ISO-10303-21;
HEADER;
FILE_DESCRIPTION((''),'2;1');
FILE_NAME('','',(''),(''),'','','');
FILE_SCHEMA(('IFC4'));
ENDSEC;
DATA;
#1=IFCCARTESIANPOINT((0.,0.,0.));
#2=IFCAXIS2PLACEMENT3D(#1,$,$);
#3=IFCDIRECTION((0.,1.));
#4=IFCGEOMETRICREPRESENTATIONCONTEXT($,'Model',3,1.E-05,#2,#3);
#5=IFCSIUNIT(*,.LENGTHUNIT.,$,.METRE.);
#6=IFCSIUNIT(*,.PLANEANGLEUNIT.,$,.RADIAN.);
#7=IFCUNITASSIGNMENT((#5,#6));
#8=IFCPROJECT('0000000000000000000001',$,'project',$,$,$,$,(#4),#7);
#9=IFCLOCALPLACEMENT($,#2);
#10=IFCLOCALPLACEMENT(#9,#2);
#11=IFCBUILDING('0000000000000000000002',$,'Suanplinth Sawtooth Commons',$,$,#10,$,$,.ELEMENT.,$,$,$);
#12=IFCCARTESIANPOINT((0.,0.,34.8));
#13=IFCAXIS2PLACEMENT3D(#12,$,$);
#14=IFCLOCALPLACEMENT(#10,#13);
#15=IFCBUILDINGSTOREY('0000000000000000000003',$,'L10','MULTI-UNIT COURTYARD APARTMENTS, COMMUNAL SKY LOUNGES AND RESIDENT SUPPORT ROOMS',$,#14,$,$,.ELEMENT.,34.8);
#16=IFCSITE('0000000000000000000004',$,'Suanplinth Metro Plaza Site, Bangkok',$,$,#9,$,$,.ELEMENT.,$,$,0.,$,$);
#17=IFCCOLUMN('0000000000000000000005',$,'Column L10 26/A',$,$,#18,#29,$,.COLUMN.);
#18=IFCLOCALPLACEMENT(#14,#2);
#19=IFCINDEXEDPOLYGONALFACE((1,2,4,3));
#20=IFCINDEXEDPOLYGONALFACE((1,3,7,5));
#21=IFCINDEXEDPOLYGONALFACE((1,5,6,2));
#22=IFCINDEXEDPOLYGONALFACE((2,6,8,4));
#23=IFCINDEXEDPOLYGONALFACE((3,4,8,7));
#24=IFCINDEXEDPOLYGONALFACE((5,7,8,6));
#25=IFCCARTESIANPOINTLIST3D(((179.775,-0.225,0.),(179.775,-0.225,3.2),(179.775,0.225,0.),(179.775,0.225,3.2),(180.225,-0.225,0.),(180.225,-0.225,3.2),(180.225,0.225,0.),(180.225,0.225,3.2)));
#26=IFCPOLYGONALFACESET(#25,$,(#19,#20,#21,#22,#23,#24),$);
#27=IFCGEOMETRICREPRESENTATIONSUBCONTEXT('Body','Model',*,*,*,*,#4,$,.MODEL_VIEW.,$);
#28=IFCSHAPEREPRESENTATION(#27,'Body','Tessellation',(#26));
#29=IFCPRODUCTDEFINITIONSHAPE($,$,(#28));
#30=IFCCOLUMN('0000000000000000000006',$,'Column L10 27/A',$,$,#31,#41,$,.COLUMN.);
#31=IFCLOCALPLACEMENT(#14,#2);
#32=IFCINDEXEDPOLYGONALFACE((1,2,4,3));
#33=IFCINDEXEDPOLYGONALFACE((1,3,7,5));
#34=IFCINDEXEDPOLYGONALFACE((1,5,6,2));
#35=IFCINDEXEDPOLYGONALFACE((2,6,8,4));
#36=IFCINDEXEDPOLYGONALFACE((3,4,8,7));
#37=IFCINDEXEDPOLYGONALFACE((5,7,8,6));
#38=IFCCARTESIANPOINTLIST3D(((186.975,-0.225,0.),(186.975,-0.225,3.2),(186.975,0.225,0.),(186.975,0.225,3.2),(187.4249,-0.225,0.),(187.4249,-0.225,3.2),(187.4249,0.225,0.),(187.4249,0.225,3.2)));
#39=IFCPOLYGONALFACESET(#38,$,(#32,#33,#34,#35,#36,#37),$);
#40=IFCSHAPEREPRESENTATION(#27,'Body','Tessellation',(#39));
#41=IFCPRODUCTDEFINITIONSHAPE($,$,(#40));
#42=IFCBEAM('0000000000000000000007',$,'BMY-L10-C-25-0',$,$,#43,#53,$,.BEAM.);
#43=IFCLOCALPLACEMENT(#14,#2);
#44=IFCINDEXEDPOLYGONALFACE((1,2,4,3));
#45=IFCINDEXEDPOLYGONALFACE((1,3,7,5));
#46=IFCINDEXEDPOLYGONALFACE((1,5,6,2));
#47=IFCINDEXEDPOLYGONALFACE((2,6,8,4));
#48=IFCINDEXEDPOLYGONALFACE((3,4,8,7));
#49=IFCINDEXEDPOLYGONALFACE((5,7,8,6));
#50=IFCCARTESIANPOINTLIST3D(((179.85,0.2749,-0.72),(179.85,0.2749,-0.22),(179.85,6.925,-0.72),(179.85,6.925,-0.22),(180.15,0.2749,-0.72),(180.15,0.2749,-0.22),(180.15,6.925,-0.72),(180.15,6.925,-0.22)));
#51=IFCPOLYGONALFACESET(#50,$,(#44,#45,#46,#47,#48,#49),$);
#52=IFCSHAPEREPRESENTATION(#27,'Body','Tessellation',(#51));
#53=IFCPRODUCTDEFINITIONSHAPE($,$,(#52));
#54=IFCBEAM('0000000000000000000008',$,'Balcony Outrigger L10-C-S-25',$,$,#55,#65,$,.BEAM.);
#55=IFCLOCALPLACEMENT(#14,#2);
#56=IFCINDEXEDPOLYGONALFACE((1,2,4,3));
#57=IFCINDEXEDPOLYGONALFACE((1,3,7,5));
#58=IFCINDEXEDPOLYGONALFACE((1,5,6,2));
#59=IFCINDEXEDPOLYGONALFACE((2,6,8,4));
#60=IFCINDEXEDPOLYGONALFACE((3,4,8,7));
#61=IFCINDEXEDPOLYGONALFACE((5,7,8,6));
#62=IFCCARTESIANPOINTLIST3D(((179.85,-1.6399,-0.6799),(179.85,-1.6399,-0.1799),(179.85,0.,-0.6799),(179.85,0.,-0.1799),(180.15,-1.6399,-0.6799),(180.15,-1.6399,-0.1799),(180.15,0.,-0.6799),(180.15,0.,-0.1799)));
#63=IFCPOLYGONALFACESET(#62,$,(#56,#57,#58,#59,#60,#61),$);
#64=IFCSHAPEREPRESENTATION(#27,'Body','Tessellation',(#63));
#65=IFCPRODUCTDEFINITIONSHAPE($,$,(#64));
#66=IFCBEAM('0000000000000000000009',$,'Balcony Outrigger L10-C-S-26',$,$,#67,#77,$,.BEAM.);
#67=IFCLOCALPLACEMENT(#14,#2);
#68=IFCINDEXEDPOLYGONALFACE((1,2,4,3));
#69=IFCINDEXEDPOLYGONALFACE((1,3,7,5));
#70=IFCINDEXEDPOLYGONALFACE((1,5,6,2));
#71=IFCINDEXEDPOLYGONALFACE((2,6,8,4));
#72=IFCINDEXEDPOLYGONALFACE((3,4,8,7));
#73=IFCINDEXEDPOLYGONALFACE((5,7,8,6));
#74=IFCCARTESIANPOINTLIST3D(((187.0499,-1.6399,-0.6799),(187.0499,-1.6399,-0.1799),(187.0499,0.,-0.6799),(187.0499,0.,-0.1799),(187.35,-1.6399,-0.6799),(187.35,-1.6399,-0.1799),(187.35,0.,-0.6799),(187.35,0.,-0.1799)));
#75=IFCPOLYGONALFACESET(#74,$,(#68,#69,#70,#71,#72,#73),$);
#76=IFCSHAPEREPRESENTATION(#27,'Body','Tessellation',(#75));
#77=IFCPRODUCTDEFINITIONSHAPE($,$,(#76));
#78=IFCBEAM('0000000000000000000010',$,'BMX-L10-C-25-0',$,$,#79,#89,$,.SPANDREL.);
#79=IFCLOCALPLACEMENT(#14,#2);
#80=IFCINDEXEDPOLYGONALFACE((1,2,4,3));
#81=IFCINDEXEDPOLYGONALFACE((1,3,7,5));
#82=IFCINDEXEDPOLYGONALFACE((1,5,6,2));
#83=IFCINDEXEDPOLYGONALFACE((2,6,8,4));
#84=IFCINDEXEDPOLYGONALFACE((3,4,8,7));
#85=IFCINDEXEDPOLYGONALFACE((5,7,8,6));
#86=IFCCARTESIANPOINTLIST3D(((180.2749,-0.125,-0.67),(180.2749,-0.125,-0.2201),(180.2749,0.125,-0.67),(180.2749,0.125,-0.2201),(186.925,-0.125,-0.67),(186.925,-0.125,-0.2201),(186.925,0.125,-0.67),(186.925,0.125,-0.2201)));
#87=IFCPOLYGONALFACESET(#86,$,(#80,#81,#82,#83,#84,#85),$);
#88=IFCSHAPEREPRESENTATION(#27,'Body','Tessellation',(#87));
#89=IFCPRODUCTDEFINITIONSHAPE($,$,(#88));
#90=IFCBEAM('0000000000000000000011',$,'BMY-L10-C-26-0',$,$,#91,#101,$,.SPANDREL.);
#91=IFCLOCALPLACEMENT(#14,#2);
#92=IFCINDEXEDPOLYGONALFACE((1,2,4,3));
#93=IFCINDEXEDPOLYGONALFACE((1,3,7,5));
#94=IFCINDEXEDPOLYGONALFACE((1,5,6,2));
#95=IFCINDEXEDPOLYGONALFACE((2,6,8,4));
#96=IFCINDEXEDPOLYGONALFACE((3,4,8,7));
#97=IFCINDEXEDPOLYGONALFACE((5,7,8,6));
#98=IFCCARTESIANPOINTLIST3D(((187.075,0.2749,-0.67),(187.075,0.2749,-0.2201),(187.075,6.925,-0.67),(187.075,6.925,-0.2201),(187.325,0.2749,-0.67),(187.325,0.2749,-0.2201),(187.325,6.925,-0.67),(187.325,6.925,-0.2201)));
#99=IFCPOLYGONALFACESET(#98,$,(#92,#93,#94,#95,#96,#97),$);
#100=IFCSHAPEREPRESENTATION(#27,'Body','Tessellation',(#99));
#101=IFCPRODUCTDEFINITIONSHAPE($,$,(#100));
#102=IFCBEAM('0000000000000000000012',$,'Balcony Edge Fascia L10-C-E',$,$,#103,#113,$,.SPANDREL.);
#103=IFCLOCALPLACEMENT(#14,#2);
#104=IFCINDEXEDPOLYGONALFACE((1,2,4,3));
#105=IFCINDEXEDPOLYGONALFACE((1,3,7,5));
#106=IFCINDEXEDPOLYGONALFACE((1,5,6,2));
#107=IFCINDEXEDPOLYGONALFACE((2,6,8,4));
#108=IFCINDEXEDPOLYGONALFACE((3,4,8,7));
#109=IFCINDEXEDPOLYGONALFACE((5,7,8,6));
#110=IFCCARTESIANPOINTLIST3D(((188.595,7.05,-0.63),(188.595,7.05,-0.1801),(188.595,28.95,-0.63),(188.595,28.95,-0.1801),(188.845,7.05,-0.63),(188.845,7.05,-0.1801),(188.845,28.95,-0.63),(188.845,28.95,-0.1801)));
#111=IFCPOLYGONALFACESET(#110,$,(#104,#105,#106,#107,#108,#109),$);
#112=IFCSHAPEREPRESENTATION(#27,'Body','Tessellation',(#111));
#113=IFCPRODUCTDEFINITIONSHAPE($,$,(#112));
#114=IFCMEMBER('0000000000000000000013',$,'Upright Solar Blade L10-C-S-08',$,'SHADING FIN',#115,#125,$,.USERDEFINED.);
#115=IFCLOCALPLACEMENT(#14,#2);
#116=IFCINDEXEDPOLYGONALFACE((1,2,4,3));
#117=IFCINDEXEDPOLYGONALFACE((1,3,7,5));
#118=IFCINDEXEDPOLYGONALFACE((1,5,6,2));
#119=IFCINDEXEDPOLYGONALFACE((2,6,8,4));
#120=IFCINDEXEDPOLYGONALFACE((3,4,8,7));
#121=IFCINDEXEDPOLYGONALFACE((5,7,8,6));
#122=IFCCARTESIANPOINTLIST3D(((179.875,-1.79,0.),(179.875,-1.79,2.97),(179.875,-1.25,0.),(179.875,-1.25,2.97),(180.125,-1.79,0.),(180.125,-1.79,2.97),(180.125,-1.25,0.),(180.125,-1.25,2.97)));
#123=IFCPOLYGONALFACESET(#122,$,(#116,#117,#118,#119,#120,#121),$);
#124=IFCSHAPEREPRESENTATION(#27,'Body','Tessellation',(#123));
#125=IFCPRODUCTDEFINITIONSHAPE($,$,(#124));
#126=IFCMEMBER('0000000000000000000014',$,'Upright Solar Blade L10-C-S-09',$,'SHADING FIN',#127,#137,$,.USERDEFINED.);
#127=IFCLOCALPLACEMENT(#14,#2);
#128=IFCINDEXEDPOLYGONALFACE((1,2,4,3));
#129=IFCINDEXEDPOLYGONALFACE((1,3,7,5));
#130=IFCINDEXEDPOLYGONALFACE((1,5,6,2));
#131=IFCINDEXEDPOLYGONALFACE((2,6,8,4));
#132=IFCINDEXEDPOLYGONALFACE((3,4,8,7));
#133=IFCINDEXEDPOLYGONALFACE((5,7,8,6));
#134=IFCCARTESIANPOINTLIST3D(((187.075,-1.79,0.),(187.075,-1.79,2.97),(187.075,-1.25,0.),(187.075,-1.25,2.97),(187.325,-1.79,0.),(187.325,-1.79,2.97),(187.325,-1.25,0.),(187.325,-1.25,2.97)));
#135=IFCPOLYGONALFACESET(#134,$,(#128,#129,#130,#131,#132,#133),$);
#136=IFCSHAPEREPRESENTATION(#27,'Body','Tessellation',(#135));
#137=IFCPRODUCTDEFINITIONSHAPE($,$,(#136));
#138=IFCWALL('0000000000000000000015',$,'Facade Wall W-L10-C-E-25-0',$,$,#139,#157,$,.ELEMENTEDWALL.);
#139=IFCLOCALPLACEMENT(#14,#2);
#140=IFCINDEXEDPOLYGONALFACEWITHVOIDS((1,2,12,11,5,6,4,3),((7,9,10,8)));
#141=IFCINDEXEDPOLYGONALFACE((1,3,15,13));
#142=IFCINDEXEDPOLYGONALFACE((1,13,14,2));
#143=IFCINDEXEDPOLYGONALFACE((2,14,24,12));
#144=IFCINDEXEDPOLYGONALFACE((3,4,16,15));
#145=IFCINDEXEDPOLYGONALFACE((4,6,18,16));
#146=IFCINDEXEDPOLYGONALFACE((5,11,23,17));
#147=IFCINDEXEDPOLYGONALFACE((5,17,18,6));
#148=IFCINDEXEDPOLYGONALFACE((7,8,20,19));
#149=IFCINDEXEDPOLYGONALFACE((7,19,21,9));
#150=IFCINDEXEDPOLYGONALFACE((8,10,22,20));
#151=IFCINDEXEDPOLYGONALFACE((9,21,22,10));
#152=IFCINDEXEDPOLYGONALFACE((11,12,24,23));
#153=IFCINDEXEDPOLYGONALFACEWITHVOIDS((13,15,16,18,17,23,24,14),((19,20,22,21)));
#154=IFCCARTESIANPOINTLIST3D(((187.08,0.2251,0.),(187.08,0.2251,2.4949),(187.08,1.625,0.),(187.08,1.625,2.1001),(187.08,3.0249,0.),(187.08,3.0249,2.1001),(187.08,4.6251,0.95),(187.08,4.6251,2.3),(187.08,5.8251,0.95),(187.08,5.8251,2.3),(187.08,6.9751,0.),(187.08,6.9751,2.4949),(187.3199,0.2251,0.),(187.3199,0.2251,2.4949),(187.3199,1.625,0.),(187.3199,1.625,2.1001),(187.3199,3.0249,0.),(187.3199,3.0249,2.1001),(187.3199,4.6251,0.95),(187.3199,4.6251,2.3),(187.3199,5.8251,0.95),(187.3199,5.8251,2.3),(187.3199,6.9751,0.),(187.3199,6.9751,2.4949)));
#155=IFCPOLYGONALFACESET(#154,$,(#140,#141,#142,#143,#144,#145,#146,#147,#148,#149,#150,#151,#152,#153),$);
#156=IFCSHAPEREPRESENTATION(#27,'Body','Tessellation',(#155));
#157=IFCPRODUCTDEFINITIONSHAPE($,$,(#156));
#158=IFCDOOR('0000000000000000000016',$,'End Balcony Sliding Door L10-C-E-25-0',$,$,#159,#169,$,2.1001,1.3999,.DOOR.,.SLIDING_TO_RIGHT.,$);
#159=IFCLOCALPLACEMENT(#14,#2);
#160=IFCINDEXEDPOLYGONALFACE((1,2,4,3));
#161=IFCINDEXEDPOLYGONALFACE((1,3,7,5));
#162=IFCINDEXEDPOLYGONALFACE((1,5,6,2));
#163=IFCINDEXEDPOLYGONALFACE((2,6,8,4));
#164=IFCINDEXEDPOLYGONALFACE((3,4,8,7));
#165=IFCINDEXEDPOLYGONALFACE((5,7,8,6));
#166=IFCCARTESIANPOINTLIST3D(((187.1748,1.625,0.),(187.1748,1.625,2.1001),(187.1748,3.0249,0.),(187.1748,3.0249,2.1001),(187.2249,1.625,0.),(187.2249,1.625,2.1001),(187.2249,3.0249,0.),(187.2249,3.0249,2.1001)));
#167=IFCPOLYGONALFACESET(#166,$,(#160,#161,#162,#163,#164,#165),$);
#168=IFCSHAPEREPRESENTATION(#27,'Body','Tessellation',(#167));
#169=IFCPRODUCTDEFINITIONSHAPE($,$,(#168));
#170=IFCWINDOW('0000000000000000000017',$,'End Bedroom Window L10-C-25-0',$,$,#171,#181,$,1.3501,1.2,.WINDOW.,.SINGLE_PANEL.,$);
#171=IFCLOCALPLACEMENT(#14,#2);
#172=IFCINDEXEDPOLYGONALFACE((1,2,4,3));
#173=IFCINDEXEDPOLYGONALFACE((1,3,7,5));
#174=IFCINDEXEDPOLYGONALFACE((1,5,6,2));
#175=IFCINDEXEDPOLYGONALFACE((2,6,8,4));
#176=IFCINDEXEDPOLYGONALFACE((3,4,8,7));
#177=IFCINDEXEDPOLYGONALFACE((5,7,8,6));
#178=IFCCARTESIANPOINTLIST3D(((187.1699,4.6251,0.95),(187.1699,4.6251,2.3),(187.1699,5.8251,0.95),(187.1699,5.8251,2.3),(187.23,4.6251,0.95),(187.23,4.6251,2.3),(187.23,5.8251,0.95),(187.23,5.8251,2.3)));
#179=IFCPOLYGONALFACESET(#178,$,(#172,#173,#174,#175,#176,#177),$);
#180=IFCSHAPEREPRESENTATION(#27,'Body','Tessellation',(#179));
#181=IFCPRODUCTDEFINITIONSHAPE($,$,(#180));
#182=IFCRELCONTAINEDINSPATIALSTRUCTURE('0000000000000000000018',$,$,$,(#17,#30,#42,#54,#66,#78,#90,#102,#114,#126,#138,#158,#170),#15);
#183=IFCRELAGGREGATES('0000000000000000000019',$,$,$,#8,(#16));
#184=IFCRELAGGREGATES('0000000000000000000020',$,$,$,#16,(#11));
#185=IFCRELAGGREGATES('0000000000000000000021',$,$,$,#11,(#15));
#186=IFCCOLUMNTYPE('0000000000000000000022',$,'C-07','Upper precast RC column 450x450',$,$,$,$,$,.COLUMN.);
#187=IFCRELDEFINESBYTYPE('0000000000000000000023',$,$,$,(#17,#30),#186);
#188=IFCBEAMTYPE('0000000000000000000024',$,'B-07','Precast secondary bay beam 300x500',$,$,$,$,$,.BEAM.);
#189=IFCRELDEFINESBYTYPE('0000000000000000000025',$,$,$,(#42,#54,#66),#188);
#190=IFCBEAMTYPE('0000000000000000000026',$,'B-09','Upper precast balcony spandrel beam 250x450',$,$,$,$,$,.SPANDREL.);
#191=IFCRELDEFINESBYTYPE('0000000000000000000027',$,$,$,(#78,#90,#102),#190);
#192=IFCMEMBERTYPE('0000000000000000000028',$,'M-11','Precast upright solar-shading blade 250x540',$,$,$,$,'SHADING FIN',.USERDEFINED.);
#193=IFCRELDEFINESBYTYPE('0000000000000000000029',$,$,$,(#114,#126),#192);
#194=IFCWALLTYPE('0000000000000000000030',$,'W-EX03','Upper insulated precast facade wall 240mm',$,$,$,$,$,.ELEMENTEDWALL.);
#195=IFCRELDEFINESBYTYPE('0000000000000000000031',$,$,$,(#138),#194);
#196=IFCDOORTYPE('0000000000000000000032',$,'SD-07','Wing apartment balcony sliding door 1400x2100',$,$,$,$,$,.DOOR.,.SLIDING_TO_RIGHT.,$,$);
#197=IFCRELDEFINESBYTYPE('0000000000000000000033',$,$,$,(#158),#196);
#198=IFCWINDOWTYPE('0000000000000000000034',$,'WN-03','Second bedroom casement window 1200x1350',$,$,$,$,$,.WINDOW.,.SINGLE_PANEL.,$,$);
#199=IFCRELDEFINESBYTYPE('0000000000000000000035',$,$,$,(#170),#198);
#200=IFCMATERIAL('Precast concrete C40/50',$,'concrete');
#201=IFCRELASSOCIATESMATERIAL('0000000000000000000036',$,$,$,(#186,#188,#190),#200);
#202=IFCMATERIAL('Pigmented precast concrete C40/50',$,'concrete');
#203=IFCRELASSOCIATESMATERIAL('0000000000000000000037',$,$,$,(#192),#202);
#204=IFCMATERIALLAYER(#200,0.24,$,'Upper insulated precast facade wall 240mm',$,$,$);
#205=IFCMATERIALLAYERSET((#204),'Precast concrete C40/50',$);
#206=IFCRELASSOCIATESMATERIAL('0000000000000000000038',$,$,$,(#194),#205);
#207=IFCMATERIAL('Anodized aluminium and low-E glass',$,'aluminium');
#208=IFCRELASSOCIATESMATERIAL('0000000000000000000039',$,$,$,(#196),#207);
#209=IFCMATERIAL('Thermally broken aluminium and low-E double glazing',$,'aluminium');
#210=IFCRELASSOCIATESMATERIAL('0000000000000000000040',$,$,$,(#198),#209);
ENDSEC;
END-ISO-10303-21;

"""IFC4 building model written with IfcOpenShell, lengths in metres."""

from ifc_helpers import new_model, si_unit, direction, frame, frame_2d, origin, origin_2d, place, context, subcontext, project, spatial, rectangle, extrude, material, layer, layer_set, material_profile, profile_set, type_object, element, fill, save


model = new_model("IFC4")

# Units and contexts
model_context = context("Model", 3, precision=1e-05, world=origin(), true_north=direction((0.0, 1.0)))
body_context = subcontext(model_context, "Body", "Model", "MODEL_VIEW")
ifc_project = project(units=[si_unit("LENGTHUNIT", "METRE"), si_unit("PLANEANGLEUNIT", "RADIAN")], contexts=[model_context])

# Site, building, storey
site_placement = place(None, origin())
site = spatial("IfcSite", under=ifc_project, at=site_placement, Name="Suanplinth Metro Plaza Site, Bangkok", CompositionType="ELEMENT", RefElevation=0.0)
building_placement = place(site_placement, origin())
building = spatial("IfcBuilding", under=site, at=building_placement, Name="Suanplinth Sawtooth Commons", CompositionType="ELEMENT")
storey_placement = place(building_placement, frame((0.0, 0.0, 34.8)))
storey = spatial("IfcBuildingStorey", under=building, at=storey_placement, Name="L10", Description="MULTI-UNIT COURTYARD APARTMENTS, COMMUNAL SKY LOUNGES AND RESIDENT SUPPORT ROOMS", CompositionType="ELEMENT", Elevation=34.8)

# Columns
ifc_material_1 = material(Name="Precast concrete C40/50", Category="concrete")
ifc_material_profile_1 = material_profile(ifc_material_1, rectangle(XDim=0.45, YDim=0.45, at=origin_2d()), Name="PC-COL 450x450")
ifc_profile_set_1 = profile_set([ifc_material_profile_1], Name="Precast concrete C40/50")
column_type = type_object("IfcColumnType", Name="C-07", Description="Upper precast RC column 450x450", PredefinedType="COLUMN", material=ifc_profile_set_1)
for number, where, z_axis, x_axis, name in (
    (1, (180.0, 0.0, 0.0), (0.0, 0.0, 1.0), (1.0, 0.0, 0.0), "Column L10 26/A"),
    (2, (187.2, 0.0, 0.0), (0.0, 0.0, 1.0), (1.0, 0.0, 0.0), "Column L10 27/A"),
):
    element("IfcColumn", number, at=place(storey_placement, frame(where, z_axis=z_axis, x_axis=x_axis)), inside=storey, type_object=column_type, Name=name, PredefinedType="COLUMN", context=body_context, shape_type="SweptSolid", body=[
        extrude(rectangle(XDim=0.45, YDim=0.45, at=origin_2d()), origin(), (0.0, 0.0, 1.0), 3.2),
    ])

# Beams
ifc_material_profile_2 = material_profile(ifc_material_1, rectangle(XDim=0.3, YDim=0.5, at=origin_2d()), Name="PC-BM 300x500")
ifc_profile_set_2 = profile_set([ifc_material_profile_2], Name="Precast concrete C40/50")
beam_type_1 = type_object("IfcBeamType", Name="B-07", Description="Precast secondary bay beam 300x500", PredefinedType="BEAM", material=ifc_profile_set_2)
beam_1_placement = place(storey_placement, frame((180.0, 0.2749, -0.47), z_axis=(0.0, 1.0, 0.0), x_axis=(-1.0, 0.0, 0.0)))
element("IfcBeam", 3, at=beam_1_placement, inside=storey, type_object=beam_type_1, Name="BMY-L10-C-25-0", PredefinedType="BEAM", context=body_context, shape_type="SweptSolid", body=[
    extrude(rectangle(XDim=0.3, YDim=0.5, at=origin_2d()), origin(), (0.0, 0.0, 1.0), 6.6501),
])
for number, where, z_axis, x_axis, name in (
    (4, (180.0, 0.0, -0.4299), (0.0, -1.0, 0.0), (1.0, 0.0, 0.0), "Balcony Outrigger L10-C-S-25"),
    (5, (187.2, 0.0, -0.4299), (0.0, -1.0, 0.0), (1.0, 0.0, 0.0), "Balcony Outrigger L10-C-S-26"),
):
    element("IfcBeam", number, at=place(storey_placement, frame(where, z_axis=z_axis, x_axis=x_axis)), inside=storey, type_object=beam_type_1, Name=name, PredefinedType="BEAM", context=body_context, shape_type="SweptSolid", body=[
        extrude(rectangle(XDim=0.3, YDim=0.5, at=origin_2d()), origin(), (0.0, 0.0, 1.0), 1.6399),
    ])
ifc_material_profile_3 = material_profile(ifc_material_1, rectangle(XDim=0.25, YDim=0.45, at=origin_2d()), Name="PC-SP 250x450")
ifc_profile_set_3 = profile_set([ifc_material_profile_3], Name="Precast concrete C40/50")
beam_type_2 = type_object("IfcBeamType", Name="B-09", Description="Upper precast balcony spandrel beam 250x450", PredefinedType="SPANDREL", material=ifc_profile_set_3)
for number, where, z_axis, x_axis, name in (
    (6, (180.2749, 0.0, -0.4451), (1.0, 0.0, 0.0), (0.0, 1.0, 0.0), "BMX-L10-C-25-0"),
    (7, (187.2, 0.2749, -0.4451), (0.0, 1.0, 0.0), (-1.0, 0.0, 0.0), "BMY-L10-C-26-0"),
):
    element("IfcBeam", number, at=place(storey_placement, frame(where, z_axis=z_axis, x_axis=x_axis)), inside=storey, type_object=beam_type_2, Name=name, PredefinedType="SPANDREL", context=body_context, shape_type="SweptSolid", body=[
        extrude(rectangle(XDim=0.25, YDim=0.45, at=origin_2d()), origin(), (0.0, 0.0, 1.0), 6.6501),
    ])
beam_2_placement = place(storey_placement, frame((188.72, 7.05, -0.405), z_axis=(0.0, 1.0, 0.0), x_axis=(-1.0, 0.0, 0.0)))
element("IfcBeam", 8, at=beam_2_placement, inside=storey, type_object=beam_type_2, Name="Balcony Edge Fascia L10-C-E", PredefinedType="SPANDREL", context=body_context, shape_type="SweptSolid", body=[
    extrude(rectangle(XDim=0.25, YDim=0.45, at=origin_2d()), origin(), (0.0, 0.0, 1.0), 21.8999),
])

# Members
ifc_material_2 = material(Name="Pigmented precast concrete C40/50", Category="concrete")
ifc_material_profile_4 = material_profile(ifc_material_2, rectangle(XDim=0.25, YDim=0.54, at=origin_2d()), Name="PC-FIN 250x540")
ifc_profile_set_4 = profile_set([ifc_material_profile_4], Name="Pigmented precast concrete C40/50")
member_type = type_object("IfcMemberType", Name="M-11", Description="Precast upright solar-shading blade 250x540", ElementType="SHADING FIN", PredefinedType="USERDEFINED", material=ifc_profile_set_4)
for number, where, z_axis, x_axis, name in (
    (9, (180.0, -1.52, 0.0), (0.0, 0.0, 1.0), (1.0, 0.0, 0.0), "Upright Solar Blade L10-C-S-08"),
    (10, (187.2, -1.52, 0.0), (0.0, 0.0, 1.0), (1.0, 0.0, 0.0), "Upright Solar Blade L10-C-S-09"),
):
    element("IfcMember", number, at=place(storey_placement, frame(where, z_axis=z_axis, x_axis=x_axis)), inside=storey, type_object=member_type, Name=name, ObjectType="SHADING FIN", PredefinedType="USERDEFINED", context=body_context, shape_type="SweptSolid", body=[
        extrude(rectangle(XDim=0.25, YDim=0.54, at=origin_2d()), origin(), (0.0, 0.0, 1.0), 2.97),
    ])

# Wall, openings, door, window
ifc_layer_1 = layer(ifc_material_1, 0.24, Name="Upper insulated precast facade wall 240mm")
ifc_layer_set_1 = layer_set([ifc_layer_1], Name="Precast concrete C40/50")
wall_type_1 = type_object("IfcWallType", Name="W-EX03", Description="Upper insulated precast facade wall 240mm", PredefinedType="ELEMENTEDWALL", material=ifc_layer_set_1)
ifc_material_3 = material(Name="Anodized aluminium and low-E glass", Category="aluminium")
ifc_material_4 = material(Name="Thermally broken aluminium and low-E double glazing", Category="aluminium")
wall_1_placement = place(storey_placement, frame((187.2, 0.2251, 0.0), z_axis=(0.0, 0.0, 1.0), x_axis=(0.0, 1.0, 0.0)))
wall_1 = element("IfcWall", 11, at=wall_1_placement, inside=storey, type_object=wall_type_1, Name="Facade Wall W-L10-C-E-25-0", PredefinedType="ELEMENTEDWALL", context=body_context, shape_type="SweptSolid", body=[
    extrude(rectangle(XDim=6.75, YDim=0.24, at=frame_2d((3.375, 0.0))), origin(), (0.0, 0.0, 1.0), 2.4949),
])
opening_1_placement = place(wall_1_placement, frame((1.3999, 0.0, 0.0)))
opening_1 = element("IfcOpeningElement", 12, at=opening_1_placement, cuts=wall_1, PredefinedType="OPENING", context=body_context, shape_type="SweptSolid", body=[
    extrude(rectangle(XDim=1.3999, YDim=2.1001, at=frame_2d((0.7, 1.05))), frame((0.0, 0.1348, 0.0), z_axis=(0.0, -1.0, 0.0), x_axis=(1.0, 0.0, 0.0)), (0.0, 0.0, 1.0), 0.2698),
])
opening_2_placement = place(wall_1_placement, frame((4.3999, 0.0, 0.95)))
opening_2 = element("IfcOpeningElement", 13, at=opening_2_placement, cuts=wall_1, PredefinedType="OPENING", context=body_context, shape_type="SweptSolid", body=[
    extrude(rectangle(XDim=1.2, YDim=1.3501, at=frame_2d((0.6001, 0.675))), frame((0.0, 0.1348, 0.0), z_axis=(0.0, -1.0, 0.0), x_axis=(1.0, 0.0, 0.0)), (0.0, 0.0, 1.0), 0.2698),
])
door_type_1 = type_object("IfcDoorType", Name="SD-07", Description="Wing apartment balcony sliding door 1400x2100", OperationType="SLIDING_TO_RIGHT", PredefinedType="DOOR", material=ifc_material_3)
door_1_placement = place(opening_1_placement, frame((1.3999, 0.0, 0.0), z_axis=(0.0, 0.0, 1.0), x_axis=(-1.0, 0.0, 0.0)))
door_1 = element("IfcDoor", 14, at=door_1_placement, inside=storey, type_object=door_type_1, Name="End Balcony Sliding Door L10-C-E-25-0", OperationType="SLIDING_TO_RIGHT", OverallHeight=2.1001, OverallWidth=1.3999, PredefinedType="DOOR", context=body_context, shape_type="SweptSolid", body=[
    extrude(rectangle(XDim=1.3999, YDim=2.1001, at=frame_2d((0.7, 1.05))), frame((0.0, 0.0249, 0.0), z_axis=(0.0, -1.0, 0.0), x_axis=(1.0, 0.0, 0.0)), (0.0, 0.0, 1.0), 0.05),
])
fill(opening_1, door_1)
window_type_1 = type_object("IfcWindowType", Name="WN-03", Description="Second bedroom casement window 1200x1350", PartitioningType="SINGLE_PANEL", PredefinedType="WINDOW", material=ifc_material_4)
window_1_placement = place(opening_2_placement, origin())
window_1 = element("IfcWindow", 15, at=window_1_placement, inside=storey, type_object=window_type_1, Name="End Bedroom Window L10-C-25-0", OverallHeight=1.3501, OverallWidth=1.2, PartitioningType="SINGLE_PANEL", PredefinedType="WINDOW", context=body_context, shape_type="SweptSolid", body=[
    extrude(rectangle(XDim=1.2, YDim=1.3501, at=frame_2d((0.6001, 0.675))), frame((0.0, 0.03, 0.0), z_axis=(0.0, -1.0, 0.0), x_axis=(1.0, 0.0, 0.0)), (0.0, 0.0, 1.0), 0.0601),
])
fill(opening_2, window_1)

save(model, "model.ifc")
